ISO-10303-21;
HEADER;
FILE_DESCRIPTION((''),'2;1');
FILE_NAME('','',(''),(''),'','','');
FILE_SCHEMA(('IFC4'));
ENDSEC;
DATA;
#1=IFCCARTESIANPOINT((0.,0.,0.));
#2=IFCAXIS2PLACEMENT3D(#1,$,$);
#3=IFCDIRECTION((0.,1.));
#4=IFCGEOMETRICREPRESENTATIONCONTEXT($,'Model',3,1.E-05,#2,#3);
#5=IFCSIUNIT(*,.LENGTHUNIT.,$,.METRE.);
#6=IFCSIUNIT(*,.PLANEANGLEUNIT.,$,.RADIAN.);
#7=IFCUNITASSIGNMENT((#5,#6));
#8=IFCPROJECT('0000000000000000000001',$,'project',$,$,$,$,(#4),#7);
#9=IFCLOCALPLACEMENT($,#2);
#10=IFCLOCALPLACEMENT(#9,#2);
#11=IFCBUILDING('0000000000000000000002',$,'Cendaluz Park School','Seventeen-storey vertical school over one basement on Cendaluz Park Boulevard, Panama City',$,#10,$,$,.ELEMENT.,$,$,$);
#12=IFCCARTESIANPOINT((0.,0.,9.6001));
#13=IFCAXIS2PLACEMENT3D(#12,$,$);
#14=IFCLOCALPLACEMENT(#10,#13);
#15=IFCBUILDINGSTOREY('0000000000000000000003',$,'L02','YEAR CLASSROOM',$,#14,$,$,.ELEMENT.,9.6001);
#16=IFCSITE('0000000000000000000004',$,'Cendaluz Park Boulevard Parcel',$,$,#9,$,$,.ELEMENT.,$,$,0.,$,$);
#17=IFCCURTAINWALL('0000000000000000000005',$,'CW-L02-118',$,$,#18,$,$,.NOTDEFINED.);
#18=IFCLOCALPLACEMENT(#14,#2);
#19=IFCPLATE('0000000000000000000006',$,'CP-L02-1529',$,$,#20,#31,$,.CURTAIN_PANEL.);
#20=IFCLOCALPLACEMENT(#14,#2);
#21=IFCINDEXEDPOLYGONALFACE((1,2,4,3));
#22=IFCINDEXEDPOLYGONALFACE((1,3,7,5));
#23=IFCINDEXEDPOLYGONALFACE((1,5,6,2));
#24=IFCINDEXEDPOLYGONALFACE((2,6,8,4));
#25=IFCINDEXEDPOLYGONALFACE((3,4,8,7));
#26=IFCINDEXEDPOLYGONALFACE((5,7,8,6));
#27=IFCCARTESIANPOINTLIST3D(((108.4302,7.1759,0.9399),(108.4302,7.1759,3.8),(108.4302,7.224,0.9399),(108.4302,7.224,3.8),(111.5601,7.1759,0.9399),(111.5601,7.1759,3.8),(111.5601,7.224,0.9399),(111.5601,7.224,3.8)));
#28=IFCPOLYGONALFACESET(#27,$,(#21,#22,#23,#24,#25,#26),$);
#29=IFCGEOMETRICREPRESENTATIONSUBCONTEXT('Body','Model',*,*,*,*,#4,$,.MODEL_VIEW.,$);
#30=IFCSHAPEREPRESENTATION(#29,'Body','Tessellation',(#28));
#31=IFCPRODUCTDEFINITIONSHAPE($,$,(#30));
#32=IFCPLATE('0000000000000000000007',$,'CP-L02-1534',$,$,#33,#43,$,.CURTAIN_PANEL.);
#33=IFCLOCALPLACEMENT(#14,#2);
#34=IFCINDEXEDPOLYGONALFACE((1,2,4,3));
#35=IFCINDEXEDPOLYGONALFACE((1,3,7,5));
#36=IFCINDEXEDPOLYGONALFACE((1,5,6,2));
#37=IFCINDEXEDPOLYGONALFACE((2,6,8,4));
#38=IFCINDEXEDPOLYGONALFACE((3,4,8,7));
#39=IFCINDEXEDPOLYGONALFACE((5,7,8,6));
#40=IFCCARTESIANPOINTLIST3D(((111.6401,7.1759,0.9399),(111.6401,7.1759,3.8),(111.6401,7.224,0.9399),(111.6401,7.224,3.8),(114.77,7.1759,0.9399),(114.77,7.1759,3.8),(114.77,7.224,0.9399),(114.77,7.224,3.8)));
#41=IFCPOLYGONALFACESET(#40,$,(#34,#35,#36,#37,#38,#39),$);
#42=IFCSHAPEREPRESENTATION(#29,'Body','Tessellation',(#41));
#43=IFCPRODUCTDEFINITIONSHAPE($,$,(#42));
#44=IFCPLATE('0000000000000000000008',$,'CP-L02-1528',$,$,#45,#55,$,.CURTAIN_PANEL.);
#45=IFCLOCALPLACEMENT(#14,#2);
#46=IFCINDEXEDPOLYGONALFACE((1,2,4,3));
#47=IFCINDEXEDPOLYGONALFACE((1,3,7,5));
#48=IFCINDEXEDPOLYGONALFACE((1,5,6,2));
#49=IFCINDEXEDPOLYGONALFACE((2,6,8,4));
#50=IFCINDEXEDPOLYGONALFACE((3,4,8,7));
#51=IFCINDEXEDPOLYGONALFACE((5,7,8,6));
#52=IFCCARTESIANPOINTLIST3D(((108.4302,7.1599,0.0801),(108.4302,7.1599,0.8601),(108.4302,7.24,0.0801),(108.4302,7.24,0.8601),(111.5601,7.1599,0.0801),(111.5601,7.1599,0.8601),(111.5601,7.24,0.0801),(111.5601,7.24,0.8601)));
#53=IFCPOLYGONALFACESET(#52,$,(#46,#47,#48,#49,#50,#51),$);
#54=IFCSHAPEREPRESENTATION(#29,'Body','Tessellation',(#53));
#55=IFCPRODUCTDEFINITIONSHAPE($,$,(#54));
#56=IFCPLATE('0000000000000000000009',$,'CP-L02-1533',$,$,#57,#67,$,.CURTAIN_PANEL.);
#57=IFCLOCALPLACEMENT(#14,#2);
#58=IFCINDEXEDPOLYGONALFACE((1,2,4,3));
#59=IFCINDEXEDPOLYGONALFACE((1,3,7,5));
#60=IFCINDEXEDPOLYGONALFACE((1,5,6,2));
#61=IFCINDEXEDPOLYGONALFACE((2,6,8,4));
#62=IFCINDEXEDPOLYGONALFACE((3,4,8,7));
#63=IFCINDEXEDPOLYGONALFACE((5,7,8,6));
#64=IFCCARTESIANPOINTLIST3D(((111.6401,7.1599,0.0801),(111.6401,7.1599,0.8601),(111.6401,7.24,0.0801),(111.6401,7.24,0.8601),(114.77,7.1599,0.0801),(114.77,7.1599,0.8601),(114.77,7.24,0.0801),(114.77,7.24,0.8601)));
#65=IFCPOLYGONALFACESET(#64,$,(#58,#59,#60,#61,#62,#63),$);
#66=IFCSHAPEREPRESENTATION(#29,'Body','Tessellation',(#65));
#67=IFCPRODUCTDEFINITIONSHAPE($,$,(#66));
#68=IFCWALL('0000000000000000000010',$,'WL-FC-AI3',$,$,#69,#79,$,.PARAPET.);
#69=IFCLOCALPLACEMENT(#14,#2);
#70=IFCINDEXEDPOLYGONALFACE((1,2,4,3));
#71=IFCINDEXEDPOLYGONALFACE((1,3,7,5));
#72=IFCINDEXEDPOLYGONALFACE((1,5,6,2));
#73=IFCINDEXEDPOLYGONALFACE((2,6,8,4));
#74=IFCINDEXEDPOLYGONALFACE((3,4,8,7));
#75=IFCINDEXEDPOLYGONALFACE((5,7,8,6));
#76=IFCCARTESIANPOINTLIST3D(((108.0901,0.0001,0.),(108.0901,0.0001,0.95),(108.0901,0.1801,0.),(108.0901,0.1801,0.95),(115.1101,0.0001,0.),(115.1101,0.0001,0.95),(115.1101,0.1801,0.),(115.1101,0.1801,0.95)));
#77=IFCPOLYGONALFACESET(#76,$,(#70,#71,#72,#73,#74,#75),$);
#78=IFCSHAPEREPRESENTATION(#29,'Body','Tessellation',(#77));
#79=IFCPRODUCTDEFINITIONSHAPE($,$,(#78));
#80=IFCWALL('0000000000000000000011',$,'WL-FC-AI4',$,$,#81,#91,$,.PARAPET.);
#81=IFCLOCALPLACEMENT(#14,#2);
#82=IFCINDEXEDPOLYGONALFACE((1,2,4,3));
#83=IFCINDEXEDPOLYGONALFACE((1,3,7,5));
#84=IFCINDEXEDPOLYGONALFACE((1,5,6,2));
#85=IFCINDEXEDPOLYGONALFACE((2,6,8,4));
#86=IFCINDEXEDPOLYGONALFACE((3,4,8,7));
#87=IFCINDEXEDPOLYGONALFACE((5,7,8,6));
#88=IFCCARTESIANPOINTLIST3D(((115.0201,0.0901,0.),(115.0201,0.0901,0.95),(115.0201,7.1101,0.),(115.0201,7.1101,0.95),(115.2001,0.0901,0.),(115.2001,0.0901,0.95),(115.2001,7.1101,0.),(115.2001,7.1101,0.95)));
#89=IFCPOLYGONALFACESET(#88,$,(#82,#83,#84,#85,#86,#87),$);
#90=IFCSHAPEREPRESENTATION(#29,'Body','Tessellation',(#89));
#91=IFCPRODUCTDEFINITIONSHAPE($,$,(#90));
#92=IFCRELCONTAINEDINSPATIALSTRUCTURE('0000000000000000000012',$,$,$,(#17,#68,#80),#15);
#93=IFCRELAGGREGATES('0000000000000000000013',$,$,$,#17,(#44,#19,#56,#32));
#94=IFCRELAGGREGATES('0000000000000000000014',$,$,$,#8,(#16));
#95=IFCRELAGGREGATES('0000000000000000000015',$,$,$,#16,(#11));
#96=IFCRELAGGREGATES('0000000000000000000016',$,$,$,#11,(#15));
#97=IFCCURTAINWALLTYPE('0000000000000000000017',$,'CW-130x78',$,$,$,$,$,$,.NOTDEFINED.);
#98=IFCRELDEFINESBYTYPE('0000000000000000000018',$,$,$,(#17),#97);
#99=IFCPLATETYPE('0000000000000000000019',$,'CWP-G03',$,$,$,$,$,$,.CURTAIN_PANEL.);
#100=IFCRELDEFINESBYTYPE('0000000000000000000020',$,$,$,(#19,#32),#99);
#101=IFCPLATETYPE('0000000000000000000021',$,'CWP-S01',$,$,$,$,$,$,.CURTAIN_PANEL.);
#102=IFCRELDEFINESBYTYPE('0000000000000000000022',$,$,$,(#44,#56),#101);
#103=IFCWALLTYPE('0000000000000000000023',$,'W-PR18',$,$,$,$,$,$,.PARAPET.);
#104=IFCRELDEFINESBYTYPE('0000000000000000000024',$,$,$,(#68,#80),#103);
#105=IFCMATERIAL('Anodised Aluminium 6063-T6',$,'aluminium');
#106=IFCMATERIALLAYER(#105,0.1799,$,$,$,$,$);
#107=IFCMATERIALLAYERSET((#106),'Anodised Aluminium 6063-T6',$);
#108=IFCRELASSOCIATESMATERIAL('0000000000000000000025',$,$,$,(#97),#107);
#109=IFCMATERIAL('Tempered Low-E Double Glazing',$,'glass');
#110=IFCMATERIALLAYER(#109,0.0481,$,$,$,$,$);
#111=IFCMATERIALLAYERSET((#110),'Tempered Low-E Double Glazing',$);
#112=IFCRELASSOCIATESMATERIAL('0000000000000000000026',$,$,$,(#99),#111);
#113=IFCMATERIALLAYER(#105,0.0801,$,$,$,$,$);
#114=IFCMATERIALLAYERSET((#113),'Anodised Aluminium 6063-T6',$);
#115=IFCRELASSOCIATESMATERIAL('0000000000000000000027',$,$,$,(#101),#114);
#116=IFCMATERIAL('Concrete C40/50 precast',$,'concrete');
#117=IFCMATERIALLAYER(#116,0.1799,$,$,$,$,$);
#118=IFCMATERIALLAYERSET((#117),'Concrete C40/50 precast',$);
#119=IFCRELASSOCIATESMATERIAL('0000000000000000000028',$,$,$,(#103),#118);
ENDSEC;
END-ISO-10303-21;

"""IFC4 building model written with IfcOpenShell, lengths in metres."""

from ifc_helpers import new_model, si_unit, direction, frame, frame_2d, origin, origin_2d, place, context, subcontext, project, spatial, rectangle, extrude, material, layer, layer_set, type_object, element, aggregate, save


model = new_model("IFC4")

# Units and contexts
model_context = context("Model", 3, precision=1e-05, world=origin(), true_north=direction((0.0, 1.0)))
body_context = subcontext(model_context, "Body", "Model", "MODEL_VIEW")
ifc_project = project(units=[si_unit("LENGTHUNIT", "METRE"), si_unit("PLANEANGLEUNIT", "RADIAN")], contexts=[model_context])

# Site, building, storey
site_placement = place(None, origin())
site = spatial("IfcSite", under=ifc_project, at=site_placement, Name="Cendaluz Park Boulevard Parcel", CompositionType="ELEMENT", RefElevation=0.0)
building_placement = place(site_placement, origin())
building = spatial("IfcBuilding", under=site, at=building_placement, Name="Cendaluz Park School", Description="Seventeen-storey vertical school over one basement on Cendaluz Park Boulevard, Panama City", CompositionType="ELEMENT")
storey_placement = place(building_placement, frame((0.0, 0.0, 9.6001)))
storey = spatial("IfcBuildingStorey", under=building, at=storey_placement, Name="L02", Description="YEAR CLASSROOM", CompositionType="ELEMENT", Elevation=9.6001)

# Curtain wall
ifc_material_1 = material(Name="Anodised Aluminium 6063-T6", Category="aluminium")
ifc_layer_1 = layer(ifc_material_1, 0.1799)
ifc_layer_set_1 = layer_set([ifc_layer_1], Name="Anodised Aluminium 6063-T6")
curtain_wall_type = type_object("IfcCurtainWallType", Name="CW-130x78", PredefinedType="NOTDEFINED", material=ifc_layer_set_1)
curtain_wall_1_placement = place(storey_placement, origin())
curtain_wall_1 = element("IfcCurtainWall", 1, at=curtain_wall_1_placement, inside=storey, type_object=curtain_wall_type, Name="CW-L02-118", PredefinedType="NOTDEFINED")

# Plates
ifc_material_2 = material(Name="Tempered Low-E Double Glazing", Category="glass")
ifc_layer_2 = layer(ifc_material_2, 0.0481)
ifc_layer_set_2 = layer_set([ifc_layer_2], Name="Tempered Low-E Double Glazing")
plate_type_1 = type_object("IfcPlateType", Name="CWP-G03", PredefinedType="CURTAIN_PANEL", material=ifc_layer_set_2)
plate_1_placement = place(storey_placement, frame((109.9951, 7.2, 0.9399), z_axis=(0.0, 0.0, 1.0), x_axis=(1.0, 0.0, 0.0)))
plate_1 = element("IfcPlate", 2, at=plate_1_placement, type_object=plate_type_1, Name="CP-L02-1529", PredefinedType="CURTAIN_PANEL", context=body_context, shape_type="SweptSolid", body=[
    extrude(rectangle(XDim=3.1299, YDim=0.0481, at=origin_2d()), origin(), (0.0, 0.0, 1.0), 2.8601),
])
plate_2_placement = place(storey_placement, frame((113.2051, 7.2, 0.9399), z_axis=(0.0, 0.0, 1.0), x_axis=(1.0, 0.0, 0.0)))
plate_2 = element("IfcPlate", 3, at=plate_2_placement, type_object=plate_type_1, Name="CP-L02-1534", PredefinedType="CURTAIN_PANEL", context=body_context, shape_type="SweptSolid", body=[
    extrude(rectangle(XDim=3.1299, YDim=0.0481, at=origin_2d()), origin(), (0.0, 0.0, 1.0), 2.8601),
])
ifc_layer_3 = layer(ifc_material_1, 0.0801)
ifc_layer_set_3 = layer_set([ifc_layer_3], Name="Anodised Aluminium 6063-T6")
plate_type_2 = type_object("IfcPlateType", Name="CWP-S01", PredefinedType="CURTAIN_PANEL", material=ifc_layer_set_3)
plate_3_placement = place(storey_placement, frame((109.9951, 7.2, 0.0801), z_axis=(0.0, 0.0, 1.0), x_axis=(1.0, 0.0, 0.0)))
plate_3 = element("IfcPlate", 4, at=plate_3_placement, type_object=plate_type_2, Name="CP-L02-1528", PredefinedType="CURTAIN_PANEL", context=body_context, shape_type="SweptSolid", body=[
    extrude(rectangle(XDim=3.1299, YDim=0.0801, at=origin_2d()), origin(), (0.0, 0.0, 1.0), 0.78),
])
plate_4_placement = place(storey_placement, frame((113.2051, 7.2, 0.0801), z_axis=(0.0, 0.0, 1.0), x_axis=(1.0, 0.0, 0.0)))
plate_4 = element("IfcPlate", 5, at=plate_4_placement, type_object=plate_type_2, Name="CP-L02-1533", PredefinedType="CURTAIN_PANEL", context=body_context, shape_type="SweptSolid", body=[
    extrude(rectangle(XDim=3.1299, YDim=0.0801, at=origin_2d()), origin(), (0.0, 0.0, 1.0), 0.78),
])
aggregate(curtain_wall_1, [plate_3, plate_1, plate_4, plate_2])

# Walls
ifc_material_3 = material(Name="Concrete C40/50 precast", Category="concrete")
ifc_layer_4 = layer(ifc_material_3, 0.1799)
ifc_layer_set_4 = layer_set([ifc_layer_4], Name="Concrete C40/50 precast")
wall_type = type_object("IfcWallType", Name="W-PR18", PredefinedType="PARAPET", material=ifc_layer_set_4)
for number, where, z_axis, x_axis, name in (
    (6, (108.0901, 0.0901, 0.0), (0.0, 0.0, 1.0), (1.0, 0.0, 0.0), "WL-FC-AI3"),
    (7, (115.1101, 0.0901, 0.0), (0.0, 0.0, 1.0), (0.0, 1.0, 0.0), "WL-FC-AI4"),
):
    element("IfcWall", number, at=place(storey_placement, frame(where, z_axis=z_axis, x_axis=x_axis)), inside=storey, type_object=wall_type, Name=name, PredefinedType="PARAPET", context=body_context, shape_type="SweptSolid", body=[
        extrude(rectangle(XDim=7.02, YDim=0.1799, at=frame_2d((3.51, 0.0))), origin(), (0.0, 0.0, 1.0), 0.95),
    ])

save(model, "model.ifc")
